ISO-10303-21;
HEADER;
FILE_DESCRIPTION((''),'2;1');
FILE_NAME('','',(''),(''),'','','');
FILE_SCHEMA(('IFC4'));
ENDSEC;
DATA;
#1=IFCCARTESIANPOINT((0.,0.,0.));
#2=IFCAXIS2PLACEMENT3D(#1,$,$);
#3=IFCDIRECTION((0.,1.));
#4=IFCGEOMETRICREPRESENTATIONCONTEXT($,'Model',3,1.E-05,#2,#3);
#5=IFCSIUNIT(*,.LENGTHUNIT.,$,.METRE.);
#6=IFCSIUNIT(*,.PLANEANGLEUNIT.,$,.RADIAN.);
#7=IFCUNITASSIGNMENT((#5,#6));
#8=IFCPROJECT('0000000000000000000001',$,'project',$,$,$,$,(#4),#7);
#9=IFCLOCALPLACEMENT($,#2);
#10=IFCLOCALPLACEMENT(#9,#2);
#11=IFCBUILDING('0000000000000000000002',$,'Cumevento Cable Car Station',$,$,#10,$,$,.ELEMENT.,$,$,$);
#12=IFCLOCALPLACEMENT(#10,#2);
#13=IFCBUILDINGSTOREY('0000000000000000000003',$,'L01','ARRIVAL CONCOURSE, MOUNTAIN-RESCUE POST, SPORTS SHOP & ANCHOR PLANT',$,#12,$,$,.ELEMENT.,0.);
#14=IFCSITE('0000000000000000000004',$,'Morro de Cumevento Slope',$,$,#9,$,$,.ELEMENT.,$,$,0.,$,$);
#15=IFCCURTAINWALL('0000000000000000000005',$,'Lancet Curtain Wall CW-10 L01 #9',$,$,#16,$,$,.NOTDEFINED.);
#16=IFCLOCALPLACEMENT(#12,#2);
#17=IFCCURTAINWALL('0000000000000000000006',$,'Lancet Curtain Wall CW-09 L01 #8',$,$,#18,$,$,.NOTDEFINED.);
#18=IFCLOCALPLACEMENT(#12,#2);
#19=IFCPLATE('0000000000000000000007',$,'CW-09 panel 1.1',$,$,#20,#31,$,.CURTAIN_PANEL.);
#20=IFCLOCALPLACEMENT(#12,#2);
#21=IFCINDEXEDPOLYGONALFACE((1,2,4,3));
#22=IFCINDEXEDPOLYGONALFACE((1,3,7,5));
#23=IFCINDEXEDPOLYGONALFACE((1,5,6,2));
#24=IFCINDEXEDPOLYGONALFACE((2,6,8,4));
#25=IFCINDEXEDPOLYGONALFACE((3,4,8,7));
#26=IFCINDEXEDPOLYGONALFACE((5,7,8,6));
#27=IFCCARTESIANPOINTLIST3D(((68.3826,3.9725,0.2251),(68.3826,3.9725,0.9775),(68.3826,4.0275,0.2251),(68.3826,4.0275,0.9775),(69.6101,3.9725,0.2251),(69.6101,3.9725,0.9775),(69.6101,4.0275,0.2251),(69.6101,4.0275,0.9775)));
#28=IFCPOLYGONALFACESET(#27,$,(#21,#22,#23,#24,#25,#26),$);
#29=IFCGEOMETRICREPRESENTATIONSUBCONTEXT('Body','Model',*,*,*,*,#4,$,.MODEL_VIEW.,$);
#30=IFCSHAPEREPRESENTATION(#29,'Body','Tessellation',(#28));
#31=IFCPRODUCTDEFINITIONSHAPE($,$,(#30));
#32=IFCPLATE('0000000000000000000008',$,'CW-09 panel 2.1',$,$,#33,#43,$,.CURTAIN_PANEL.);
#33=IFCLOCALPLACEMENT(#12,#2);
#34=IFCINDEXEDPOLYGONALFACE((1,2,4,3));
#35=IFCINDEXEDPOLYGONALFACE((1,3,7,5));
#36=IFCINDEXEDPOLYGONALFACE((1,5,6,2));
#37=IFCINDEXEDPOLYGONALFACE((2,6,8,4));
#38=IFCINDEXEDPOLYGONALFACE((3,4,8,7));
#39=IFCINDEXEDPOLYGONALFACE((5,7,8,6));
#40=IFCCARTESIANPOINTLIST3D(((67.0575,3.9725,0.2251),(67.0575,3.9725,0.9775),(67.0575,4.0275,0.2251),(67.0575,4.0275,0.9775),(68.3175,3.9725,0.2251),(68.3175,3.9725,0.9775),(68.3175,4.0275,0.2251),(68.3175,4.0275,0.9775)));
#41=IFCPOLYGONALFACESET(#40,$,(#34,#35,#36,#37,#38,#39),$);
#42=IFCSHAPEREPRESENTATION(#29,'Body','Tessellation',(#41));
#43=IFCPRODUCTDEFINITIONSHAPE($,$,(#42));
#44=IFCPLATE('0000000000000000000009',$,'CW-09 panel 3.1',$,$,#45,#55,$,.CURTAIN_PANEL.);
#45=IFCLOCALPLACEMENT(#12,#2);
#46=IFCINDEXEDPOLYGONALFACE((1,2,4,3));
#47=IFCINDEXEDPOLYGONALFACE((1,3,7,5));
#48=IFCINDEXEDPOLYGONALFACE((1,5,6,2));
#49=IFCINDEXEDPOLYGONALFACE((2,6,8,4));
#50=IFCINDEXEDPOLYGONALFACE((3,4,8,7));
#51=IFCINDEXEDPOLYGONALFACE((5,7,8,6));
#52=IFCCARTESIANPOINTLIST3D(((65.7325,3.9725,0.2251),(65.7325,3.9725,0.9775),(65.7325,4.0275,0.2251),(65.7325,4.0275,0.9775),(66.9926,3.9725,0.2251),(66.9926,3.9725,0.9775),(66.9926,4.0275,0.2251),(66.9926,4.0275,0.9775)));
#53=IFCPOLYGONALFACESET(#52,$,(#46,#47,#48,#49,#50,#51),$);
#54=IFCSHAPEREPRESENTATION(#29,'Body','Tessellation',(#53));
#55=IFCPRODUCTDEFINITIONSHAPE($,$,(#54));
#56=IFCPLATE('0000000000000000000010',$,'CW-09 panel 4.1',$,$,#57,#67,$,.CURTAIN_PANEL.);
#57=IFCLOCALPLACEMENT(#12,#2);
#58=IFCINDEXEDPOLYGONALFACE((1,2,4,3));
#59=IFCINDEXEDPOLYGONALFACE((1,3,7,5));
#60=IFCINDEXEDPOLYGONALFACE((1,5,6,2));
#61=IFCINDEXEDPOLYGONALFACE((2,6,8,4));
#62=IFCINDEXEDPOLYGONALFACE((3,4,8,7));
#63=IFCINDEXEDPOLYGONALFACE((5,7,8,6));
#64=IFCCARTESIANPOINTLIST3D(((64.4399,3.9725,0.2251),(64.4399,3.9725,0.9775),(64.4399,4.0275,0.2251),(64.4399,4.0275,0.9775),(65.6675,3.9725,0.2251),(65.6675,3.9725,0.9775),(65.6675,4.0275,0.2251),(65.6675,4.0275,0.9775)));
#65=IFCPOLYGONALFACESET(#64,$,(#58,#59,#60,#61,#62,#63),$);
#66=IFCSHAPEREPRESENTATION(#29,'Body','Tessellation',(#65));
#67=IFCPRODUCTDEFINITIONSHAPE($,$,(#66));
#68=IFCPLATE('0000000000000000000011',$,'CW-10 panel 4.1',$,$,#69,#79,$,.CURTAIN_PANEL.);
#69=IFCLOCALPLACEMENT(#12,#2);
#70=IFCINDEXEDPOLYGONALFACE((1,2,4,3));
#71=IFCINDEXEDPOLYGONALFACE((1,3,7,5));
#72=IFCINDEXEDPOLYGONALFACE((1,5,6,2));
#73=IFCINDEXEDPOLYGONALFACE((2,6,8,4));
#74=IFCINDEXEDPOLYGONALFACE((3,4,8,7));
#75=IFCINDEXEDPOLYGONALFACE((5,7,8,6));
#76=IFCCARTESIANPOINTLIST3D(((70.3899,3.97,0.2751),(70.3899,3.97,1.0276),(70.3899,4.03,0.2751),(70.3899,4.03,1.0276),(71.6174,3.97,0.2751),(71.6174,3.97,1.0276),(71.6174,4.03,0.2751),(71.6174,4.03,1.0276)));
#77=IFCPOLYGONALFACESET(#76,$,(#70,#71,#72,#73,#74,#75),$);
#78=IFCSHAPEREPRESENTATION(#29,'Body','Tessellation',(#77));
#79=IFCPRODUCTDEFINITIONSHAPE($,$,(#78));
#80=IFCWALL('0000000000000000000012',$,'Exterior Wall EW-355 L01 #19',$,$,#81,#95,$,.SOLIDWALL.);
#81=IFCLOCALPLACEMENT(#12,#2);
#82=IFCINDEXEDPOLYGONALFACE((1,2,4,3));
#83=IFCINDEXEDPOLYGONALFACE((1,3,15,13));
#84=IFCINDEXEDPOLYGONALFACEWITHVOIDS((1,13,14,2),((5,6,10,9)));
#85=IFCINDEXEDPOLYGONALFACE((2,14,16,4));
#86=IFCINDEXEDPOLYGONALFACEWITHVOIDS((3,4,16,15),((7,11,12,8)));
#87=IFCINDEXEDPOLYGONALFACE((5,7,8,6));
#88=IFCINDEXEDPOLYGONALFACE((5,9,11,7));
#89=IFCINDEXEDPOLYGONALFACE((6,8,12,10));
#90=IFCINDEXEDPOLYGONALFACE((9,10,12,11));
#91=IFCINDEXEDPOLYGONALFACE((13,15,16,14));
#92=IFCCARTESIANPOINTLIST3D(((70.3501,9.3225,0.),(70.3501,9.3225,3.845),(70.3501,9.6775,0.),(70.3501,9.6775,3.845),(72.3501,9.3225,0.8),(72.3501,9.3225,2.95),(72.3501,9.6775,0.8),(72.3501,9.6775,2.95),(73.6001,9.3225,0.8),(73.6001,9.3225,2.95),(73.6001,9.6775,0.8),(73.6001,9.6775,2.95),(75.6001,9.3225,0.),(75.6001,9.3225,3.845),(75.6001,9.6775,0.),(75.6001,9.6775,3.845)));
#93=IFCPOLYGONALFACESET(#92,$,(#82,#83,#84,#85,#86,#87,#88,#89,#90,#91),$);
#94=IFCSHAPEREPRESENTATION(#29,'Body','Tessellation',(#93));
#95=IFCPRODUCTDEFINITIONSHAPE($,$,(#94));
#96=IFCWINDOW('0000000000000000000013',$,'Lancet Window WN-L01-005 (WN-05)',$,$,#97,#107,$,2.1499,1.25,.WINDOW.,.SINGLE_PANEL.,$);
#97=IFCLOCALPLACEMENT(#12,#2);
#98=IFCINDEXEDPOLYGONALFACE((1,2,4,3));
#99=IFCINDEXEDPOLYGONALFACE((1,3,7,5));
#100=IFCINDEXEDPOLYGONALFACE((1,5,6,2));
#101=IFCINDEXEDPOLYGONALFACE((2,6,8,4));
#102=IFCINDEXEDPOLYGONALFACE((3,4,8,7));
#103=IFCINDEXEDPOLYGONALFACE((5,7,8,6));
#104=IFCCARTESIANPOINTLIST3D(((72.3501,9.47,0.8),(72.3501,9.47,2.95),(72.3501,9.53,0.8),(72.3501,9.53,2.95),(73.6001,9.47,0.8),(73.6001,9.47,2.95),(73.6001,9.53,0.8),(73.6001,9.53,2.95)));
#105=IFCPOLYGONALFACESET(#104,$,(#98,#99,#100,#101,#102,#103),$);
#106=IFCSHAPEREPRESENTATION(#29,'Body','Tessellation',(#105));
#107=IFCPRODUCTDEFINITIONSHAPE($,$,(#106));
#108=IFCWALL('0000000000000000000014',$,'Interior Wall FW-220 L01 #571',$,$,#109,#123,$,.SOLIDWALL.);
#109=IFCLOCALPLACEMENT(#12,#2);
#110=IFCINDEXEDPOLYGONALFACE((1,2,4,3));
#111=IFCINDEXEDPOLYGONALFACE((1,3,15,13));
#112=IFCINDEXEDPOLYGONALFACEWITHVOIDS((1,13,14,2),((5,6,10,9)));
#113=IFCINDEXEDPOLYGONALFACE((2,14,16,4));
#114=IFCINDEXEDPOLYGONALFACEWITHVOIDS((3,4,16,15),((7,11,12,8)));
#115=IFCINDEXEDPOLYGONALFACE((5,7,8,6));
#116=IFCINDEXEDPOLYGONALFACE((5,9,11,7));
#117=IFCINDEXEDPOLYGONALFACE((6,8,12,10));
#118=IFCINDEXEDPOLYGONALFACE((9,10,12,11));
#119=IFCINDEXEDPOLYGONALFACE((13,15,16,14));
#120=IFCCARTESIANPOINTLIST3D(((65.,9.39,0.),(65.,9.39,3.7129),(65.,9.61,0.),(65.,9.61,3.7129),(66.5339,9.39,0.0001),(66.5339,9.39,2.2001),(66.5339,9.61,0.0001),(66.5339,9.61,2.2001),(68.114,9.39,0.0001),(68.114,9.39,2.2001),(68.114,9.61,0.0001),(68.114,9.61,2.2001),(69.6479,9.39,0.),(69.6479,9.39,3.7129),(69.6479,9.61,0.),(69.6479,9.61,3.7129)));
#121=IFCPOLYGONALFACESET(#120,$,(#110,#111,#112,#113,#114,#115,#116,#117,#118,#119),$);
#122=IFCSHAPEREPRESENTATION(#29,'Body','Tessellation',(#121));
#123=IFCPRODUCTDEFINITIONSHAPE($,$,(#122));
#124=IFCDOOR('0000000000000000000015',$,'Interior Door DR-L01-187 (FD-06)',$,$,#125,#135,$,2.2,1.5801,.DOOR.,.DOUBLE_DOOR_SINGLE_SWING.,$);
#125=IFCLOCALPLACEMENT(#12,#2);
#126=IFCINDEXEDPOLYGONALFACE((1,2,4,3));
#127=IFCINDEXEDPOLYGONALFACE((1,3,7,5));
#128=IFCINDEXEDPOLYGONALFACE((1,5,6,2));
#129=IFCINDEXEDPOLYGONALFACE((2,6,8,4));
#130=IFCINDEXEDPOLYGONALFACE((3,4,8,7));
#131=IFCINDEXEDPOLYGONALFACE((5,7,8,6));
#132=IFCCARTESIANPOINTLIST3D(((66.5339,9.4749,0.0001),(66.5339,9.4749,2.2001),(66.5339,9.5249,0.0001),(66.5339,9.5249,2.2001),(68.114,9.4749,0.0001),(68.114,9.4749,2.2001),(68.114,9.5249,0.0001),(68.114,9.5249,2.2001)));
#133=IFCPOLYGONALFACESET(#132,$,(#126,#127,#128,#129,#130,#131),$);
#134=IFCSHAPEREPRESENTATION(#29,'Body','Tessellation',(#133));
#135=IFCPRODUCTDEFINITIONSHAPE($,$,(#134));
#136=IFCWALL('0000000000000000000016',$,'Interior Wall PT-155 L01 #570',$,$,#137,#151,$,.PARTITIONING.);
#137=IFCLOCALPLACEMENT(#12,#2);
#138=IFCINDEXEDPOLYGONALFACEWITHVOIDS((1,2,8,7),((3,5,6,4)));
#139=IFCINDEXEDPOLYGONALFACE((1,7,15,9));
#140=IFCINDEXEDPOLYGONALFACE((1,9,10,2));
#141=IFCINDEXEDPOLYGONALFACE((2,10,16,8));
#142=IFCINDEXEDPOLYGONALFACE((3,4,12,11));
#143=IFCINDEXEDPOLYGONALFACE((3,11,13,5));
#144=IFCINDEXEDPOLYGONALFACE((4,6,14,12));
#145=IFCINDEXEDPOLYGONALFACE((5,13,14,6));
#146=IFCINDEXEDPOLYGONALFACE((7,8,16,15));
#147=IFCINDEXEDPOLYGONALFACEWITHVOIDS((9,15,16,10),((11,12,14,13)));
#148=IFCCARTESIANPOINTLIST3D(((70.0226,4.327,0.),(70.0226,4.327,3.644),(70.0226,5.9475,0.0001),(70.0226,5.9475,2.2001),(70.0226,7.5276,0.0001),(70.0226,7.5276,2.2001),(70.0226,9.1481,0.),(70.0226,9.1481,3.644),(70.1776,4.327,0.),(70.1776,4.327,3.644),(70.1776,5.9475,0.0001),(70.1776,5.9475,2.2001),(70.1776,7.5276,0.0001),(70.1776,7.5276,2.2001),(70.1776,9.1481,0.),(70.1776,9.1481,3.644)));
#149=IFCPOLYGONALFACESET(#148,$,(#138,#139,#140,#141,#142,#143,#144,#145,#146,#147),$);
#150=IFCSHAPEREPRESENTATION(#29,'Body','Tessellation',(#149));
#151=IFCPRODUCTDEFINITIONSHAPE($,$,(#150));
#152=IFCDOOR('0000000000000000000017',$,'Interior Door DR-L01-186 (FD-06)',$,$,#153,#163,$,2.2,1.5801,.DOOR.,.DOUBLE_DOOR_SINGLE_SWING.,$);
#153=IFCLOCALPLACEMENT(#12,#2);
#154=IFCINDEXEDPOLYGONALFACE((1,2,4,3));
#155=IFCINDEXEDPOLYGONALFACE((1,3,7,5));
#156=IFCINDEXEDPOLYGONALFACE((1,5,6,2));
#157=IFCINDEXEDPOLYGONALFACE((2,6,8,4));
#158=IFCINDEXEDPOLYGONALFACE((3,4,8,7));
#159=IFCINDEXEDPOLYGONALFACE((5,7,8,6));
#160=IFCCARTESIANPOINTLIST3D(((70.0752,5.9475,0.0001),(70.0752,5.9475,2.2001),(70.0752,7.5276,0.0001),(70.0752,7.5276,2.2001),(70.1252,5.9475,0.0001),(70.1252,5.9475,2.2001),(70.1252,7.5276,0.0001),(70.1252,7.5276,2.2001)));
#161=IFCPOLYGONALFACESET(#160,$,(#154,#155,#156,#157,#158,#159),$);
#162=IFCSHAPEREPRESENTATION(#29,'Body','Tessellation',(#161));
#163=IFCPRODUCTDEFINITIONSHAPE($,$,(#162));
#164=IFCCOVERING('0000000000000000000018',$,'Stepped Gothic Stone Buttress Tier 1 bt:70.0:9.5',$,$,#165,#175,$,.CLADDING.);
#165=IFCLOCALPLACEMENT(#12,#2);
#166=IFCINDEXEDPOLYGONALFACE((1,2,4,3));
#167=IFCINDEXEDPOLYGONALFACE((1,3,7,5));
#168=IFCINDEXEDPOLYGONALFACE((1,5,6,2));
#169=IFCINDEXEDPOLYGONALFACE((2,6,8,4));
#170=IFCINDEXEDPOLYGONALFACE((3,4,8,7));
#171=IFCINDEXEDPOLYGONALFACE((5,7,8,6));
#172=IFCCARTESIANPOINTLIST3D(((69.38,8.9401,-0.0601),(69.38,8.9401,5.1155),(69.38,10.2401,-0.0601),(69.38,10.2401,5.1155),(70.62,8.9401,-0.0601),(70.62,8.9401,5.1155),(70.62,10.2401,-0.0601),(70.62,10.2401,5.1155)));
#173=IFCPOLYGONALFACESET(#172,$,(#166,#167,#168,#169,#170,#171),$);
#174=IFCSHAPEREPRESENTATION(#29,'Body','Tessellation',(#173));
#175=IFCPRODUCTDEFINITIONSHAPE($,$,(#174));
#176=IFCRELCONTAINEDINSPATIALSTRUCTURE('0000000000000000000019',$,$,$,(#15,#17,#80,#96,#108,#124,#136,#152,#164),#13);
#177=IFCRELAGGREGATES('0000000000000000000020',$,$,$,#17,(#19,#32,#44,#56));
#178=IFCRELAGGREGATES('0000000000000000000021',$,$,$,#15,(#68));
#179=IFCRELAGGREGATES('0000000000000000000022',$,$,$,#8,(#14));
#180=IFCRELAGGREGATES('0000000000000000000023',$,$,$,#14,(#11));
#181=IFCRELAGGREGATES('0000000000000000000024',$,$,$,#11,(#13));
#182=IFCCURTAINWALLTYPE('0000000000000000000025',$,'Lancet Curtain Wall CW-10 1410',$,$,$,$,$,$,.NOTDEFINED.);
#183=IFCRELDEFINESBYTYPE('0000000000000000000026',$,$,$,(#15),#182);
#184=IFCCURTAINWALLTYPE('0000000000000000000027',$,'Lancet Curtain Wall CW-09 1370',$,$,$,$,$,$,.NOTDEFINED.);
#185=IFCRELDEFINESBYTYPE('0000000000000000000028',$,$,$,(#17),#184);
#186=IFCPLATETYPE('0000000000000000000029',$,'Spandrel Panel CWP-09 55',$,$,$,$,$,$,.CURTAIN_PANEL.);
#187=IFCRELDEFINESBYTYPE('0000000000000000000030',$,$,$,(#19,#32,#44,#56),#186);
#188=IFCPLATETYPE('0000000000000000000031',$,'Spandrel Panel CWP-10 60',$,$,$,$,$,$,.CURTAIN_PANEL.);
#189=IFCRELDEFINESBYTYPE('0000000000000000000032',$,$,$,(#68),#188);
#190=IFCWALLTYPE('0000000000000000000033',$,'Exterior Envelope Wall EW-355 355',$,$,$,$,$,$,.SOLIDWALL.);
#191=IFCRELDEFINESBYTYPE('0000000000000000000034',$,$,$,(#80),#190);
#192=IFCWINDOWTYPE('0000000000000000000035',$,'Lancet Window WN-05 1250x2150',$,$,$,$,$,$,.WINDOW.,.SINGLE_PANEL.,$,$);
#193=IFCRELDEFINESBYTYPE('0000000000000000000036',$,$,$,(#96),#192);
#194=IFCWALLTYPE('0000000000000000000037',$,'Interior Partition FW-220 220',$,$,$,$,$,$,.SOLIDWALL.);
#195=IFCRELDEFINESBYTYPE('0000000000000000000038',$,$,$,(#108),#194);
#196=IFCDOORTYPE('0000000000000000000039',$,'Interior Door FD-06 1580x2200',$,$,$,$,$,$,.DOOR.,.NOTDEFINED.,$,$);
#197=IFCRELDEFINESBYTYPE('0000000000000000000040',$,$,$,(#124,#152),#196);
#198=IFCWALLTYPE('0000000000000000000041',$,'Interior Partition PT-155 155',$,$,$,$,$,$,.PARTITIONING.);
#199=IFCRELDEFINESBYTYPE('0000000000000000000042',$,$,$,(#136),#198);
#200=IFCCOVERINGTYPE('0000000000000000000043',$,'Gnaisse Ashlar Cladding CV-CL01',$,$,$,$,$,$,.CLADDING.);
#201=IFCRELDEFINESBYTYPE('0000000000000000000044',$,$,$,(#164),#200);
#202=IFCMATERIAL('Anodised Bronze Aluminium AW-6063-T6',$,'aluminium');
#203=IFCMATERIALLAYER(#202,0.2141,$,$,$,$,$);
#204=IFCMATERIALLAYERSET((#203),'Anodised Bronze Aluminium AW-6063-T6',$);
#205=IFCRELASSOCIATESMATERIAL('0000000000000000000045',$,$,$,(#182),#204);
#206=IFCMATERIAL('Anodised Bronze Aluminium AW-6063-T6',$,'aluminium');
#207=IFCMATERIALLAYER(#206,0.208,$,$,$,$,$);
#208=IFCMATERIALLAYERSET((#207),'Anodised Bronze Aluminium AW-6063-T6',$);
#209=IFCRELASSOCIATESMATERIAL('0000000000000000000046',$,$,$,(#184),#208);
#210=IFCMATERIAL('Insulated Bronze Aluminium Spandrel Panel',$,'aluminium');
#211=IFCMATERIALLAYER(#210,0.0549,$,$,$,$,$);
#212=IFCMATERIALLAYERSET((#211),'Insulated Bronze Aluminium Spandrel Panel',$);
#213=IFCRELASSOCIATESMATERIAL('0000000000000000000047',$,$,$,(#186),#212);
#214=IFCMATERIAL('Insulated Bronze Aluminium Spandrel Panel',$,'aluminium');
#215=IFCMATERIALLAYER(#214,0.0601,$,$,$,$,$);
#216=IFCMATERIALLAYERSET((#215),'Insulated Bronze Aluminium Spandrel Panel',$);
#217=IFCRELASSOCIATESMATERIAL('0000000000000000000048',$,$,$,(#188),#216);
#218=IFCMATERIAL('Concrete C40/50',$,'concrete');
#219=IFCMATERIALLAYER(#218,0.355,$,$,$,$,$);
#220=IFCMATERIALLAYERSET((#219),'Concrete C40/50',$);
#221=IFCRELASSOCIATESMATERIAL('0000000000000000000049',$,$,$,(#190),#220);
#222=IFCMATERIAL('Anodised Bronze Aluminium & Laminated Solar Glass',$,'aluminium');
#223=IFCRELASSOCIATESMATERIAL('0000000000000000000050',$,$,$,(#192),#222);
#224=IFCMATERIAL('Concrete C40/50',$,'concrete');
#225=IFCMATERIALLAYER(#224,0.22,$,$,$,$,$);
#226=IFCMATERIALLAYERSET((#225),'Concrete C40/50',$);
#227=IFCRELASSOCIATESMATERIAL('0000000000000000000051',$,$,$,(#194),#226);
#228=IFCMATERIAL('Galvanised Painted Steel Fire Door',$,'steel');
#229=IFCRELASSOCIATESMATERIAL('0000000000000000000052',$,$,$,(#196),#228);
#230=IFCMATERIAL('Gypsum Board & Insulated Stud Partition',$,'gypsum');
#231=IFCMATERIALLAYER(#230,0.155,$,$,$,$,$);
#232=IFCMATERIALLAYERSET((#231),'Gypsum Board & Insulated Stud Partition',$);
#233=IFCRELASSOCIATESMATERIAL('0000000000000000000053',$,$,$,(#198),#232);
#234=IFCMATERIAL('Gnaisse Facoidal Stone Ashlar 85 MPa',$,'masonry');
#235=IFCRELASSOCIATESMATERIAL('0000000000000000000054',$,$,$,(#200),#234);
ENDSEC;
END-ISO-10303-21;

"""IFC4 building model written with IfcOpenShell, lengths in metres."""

from ifc_helpers import new_model, si_unit, direction, frame, frame_2d, origin, origin_2d, place, context, subcontext, project, spatial, rectangle, extrude, material, layer, layer_set, type_object, element, fill, aggregate, save


model = new_model("IFC4")

# Units and contexts
model_context = context("Model", 3, precision=1e-05, world=origin(), true_north=direction((0.0, 1.0)))
body_context = subcontext(model_context, "Body", "Model", "MODEL_VIEW")
ifc_project = project(units=[si_unit("LENGTHUNIT", "METRE"), si_unit("PLANEANGLEUNIT", "RADIAN")], contexts=[model_context])

# Site, building, storey
site_placement = place(None, origin())
site = spatial("IfcSite", under=ifc_project, at=site_placement, Name="Morro de Cumevento Slope", CompositionType="ELEMENT", RefElevation=0.0)
building_placement = place(site_placement, origin())
building = spatial("IfcBuilding", under=site, at=building_placement, Name="Cumevento Cable Car Station", CompositionType="ELEMENT")
storey_placement = place(building_placement, origin())
storey = spatial("IfcBuildingStorey", under=building, at=storey_placement, Name="L01", Description="ARRIVAL CONCOURSE, MOUNTAIN-RESCUE POST, SPORTS SHOP & ANCHOR PLANT", CompositionType="ELEMENT", Elevation=0.0)

# Curtain walls
ifc_material_1 = material(Name="Anodised Bronze Aluminium AW-6063-T6", Category="aluminium")
ifc_layer_1 = layer(ifc_material_1, 0.2141)
ifc_layer_set_1 = layer_set([ifc_layer_1], Name="Anodised Bronze Aluminium AW-6063-T6")
curtain_wall_type_1 = type_object("IfcCurtainWallType", Name="Lancet Curtain Wall CW-10 1410", PredefinedType="NOTDEFINED", material=ifc_layer_set_1)
curtain_wall_1_placement = place(storey_placement, origin())
curtain_wall_1 = element("IfcCurtainWall", 1, at=curtain_wall_1_placement, inside=storey, type_object=curtain_wall_type_1, Name="Lancet Curtain Wall CW-10 L01 #9", PredefinedType="NOTDEFINED")
ifc_material_2 = material(Name="Anodised Bronze Aluminium AW-6063-T6", Category="aluminium")
ifc_layer_2 = layer(ifc_material_2, 0.208)
ifc_layer_set_2 = layer_set([ifc_layer_2], Name="Anodised Bronze Aluminium AW-6063-T6")
curtain_wall_type_2 = type_object("IfcCurtainWallType", Name="Lancet Curtain Wall CW-09 1370", PredefinedType="NOTDEFINED", material=ifc_layer_set_2)
curtain_wall_2_placement = place(storey_placement, origin())
curtain_wall_2 = element("IfcCurtainWall", 2, at=curtain_wall_2_placement, inside=storey, type_object=curtain_wall_type_2, Name="Lancet Curtain Wall CW-09 L01 #8", PredefinedType="NOTDEFINED")

# Plates
ifc_material_3 = material(Name="Insulated Bronze Aluminium Spandrel Panel", Category="aluminium")
ifc_layer_3 = layer(ifc_material_3, 0.0549)
ifc_layer_set_3 = layer_set([ifc_layer_3], Name="Insulated Bronze Aluminium Spandrel Panel")
plate_type_1 = type_object("IfcPlateType", Name="Spandrel Panel CWP-09 55", PredefinedType="CURTAIN_PANEL", material=ifc_layer_set_3)
plate_1_placement = place(storey_placement, frame((68.9963, 4.0, 0.2251), z_axis=(0.0, 0.0, 1.0), x_axis=(-1.0, 0.0, 0.0)))
plate_1 = element("IfcPlate", 3, at=plate_1_placement, type_object=plate_type_1, Name="CW-09 panel 1.1", PredefinedType="CURTAIN_PANEL", context=body_context, shape_type="SweptSolid", body=[
    extrude(rectangle(XDim=1.2275, YDim=0.0549, at=origin_2d()), origin(), (0.0, 0.0, 1.0), 0.7524),
])
plate_2_placement = place(storey_placement, frame((67.6875, 4.0, 0.2251), z_axis=(0.0, 0.0, 1.0), x_axis=(-1.0, 0.0, 0.0)))
plate_2 = element("IfcPlate", 4, at=plate_2_placement, type_object=plate_type_1, Name="CW-09 panel 2.1", PredefinedType="CURTAIN_PANEL", context=body_context, shape_type="SweptSolid", body=[
    extrude(rectangle(XDim=1.26, YDim=0.0549, at=origin_2d()), origin(), (0.0, 0.0, 1.0), 0.7524),
])
plate_3_placement = place(storey_placement, frame((66.3625, 4.0, 0.2251), z_axis=(0.0, 0.0, 1.0), x_axis=(-1.0, 0.0, 0.0)))
plate_3 = element("IfcPlate", 5, at=plate_3_placement, type_object=plate_type_1, Name="CW-09 panel 3.1", PredefinedType="CURTAIN_PANEL", context=body_context, shape_type="SweptSolid", body=[
    extrude(rectangle(XDim=1.26, YDim=0.0549, at=origin_2d()), origin(), (0.0, 0.0, 1.0), 0.7524),
])
plate_4_placement = place(storey_placement, frame((65.0537, 4.0, 0.2251), z_axis=(0.0, 0.0, 1.0), x_axis=(-1.0, 0.0, 0.0)))
plate_4 = element("IfcPlate", 6, at=plate_4_placement, type_object=plate_type_1, Name="CW-09 panel 4.1", PredefinedType="CURTAIN_PANEL", context=body_context, shape_type="SweptSolid", body=[
    extrude(rectangle(XDim=1.2275, YDim=0.0549, at=origin_2d()), origin(), (0.0, 0.0, 1.0), 0.7524),
])
aggregate(curtain_wall_2, [plate_1, plate_2, plate_3, plate_4])
ifc_material_4 = material(Name="Insulated Bronze Aluminium Spandrel Panel", Category="aluminium")
ifc_layer_4 = layer(ifc_material_4, 0.0601)
ifc_layer_set_4 = layer_set([ifc_layer_4], Name="Insulated Bronze Aluminium Spandrel Panel")
plate_type_2 = type_object("IfcPlateType", Name="Spandrel Panel CWP-10 60", PredefinedType="CURTAIN_PANEL", material=ifc_layer_set_4)
plate_5_placement = place(storey_placement, frame((71.0037, 4.0, 0.2751), z_axis=(0.0, 0.0, 1.0), x_axis=(-1.0, 0.0, 0.0)))
plate_5 = element("IfcPlate", 7, at=plate_5_placement, type_object=plate_type_2, Name="CW-10 panel 4.1", PredefinedType="CURTAIN_PANEL", context=body_context, shape_type="SweptSolid", body=[
    extrude(rectangle(XDim=1.2275, YDim=0.0601, at=origin_2d()), origin(), (0.0, 0.0, 1.0), 0.7524),
])
aggregate(curtain_wall_1, [plate_5])

# Wall, opening, window
ifc_material_5 = material(Name="Concrete C40/50", Category="concrete")
ifc_layer_5 = layer(ifc_material_5, 0.355)
ifc_layer_set_5 = layer_set([ifc_layer_5], Name="Concrete C40/50")
wall_type_1 = type_object("IfcWallType", Name="Exterior Envelope Wall EW-355 355", PredefinedType="SOLIDWALL", material=ifc_layer_set_5)
wall_1_placement = place(storey_placement, frame((70.3501, 9.5, 0.0), z_axis=(0.0, 0.0, 1.0), x_axis=(1.0, 0.0, 0.0)))
wall_1 = element("IfcWall", 8, at=wall_1_placement, inside=storey, type_object=wall_type_1, Name="Exterior Wall EW-355 L01 #19", PredefinedType="SOLIDWALL", context=body_context, shape_type="SweptSolid", body=[
    extrude(rectangle(XDim=5.25, YDim=0.355, at=frame_2d((2.625, 0.0))), origin(), (0.0, 0.0, 1.0), 3.845),
])
opening_1_placement = place(wall_1_placement, frame((2.0, 0.0, 0.8)))
opening_1 = element("IfcOpeningElement", 9, at=opening_1_placement, cuts=wall_1, PredefinedType="OPENING", context=body_context, shape_type="SweptSolid", body=[
    extrude(rectangle(XDim=1.25, YDim=2.1499, at=frame_2d((0.625, 1.075))), frame((0.0, 0.1875, 0.0), z_axis=(0.0, -1.0, 0.0), x_axis=(1.0, 0.0, 0.0)), (0.0, 0.0, 1.0), 0.375),
])
ifc_material_6 = material(Name="Anodised Bronze Aluminium & Laminated Solar Glass", Category="aluminium")
window_type = type_object("IfcWindowType", Name="Lancet Window WN-05 1250x2150", PartitioningType="SINGLE_PANEL", PredefinedType="WINDOW", material=ifc_material_6)
window_placement = place(opening_1_placement, origin())
window = element("IfcWindow", 10, at=window_placement, inside=storey, type_object=window_type, Name="Lancet Window WN-L01-005 (WN-05)", OverallHeight=2.1499, OverallWidth=1.25, PartitioningType="SINGLE_PANEL", PredefinedType="WINDOW", context=body_context, shape_type="SweptSolid", body=[
    extrude(rectangle(XDim=1.25, YDim=2.1499, at=frame_2d((0.625, 1.075))), frame((0.0, 0.03, 0.0), z_axis=(0.0, -1.0, 0.0), x_axis=(1.0, 0.0, 0.0)), (0.0, 0.0, 1.0), 0.0601),
])
fill(opening_1, window)

# Walls, openings, doors
ifc_material_7 = material(Name="Concrete C40/50", Category="concrete")
ifc_layer_6 = layer(ifc_material_7, 0.22)
ifc_layer_set_6 = layer_set([ifc_layer_6], Name="Concrete C40/50")
wall_type_2 = type_object("IfcWallType", Name="Interior Partition FW-220 220", PredefinedType="SOLIDWALL", material=ifc_layer_set_6)
wall_2_placement = place(storey_placement, frame((65.0, 9.5, 0.0), z_axis=(0.0, 0.0, 1.0), x_axis=(1.0, 0.0, 0.0)))
wall_2 = element("IfcWall", 11, at=wall_2_placement, inside=storey, type_object=wall_type_2, Name="Interior Wall FW-220 L01 #571", PredefinedType="SOLIDWALL", context=body_context, shape_type="SweptSolid", body=[
    extrude(rectangle(XDim=4.6479, YDim=0.22, at=frame_2d((2.324, 0.0))), origin(), (0.0, 0.0, 1.0), 3.7129),
])
opening_2_placement = place(wall_2_placement, frame((1.5339, 0.0, 0.0)))
opening_2 = element("IfcOpeningElement", 12, at=opening_2_placement, cuts=wall_2, PredefinedType="OPENING", context=body_context, shape_type="SweptSolid", body=[
    extrude(rectangle(XDim=1.5801, YDim=2.2, at=frame_2d((0.79, 1.1001))), frame((0.0, 0.1199, 0.0), z_axis=(0.0, -1.0, 0.0), x_axis=(1.0, 0.0, 0.0)), (0.0, 0.0, 1.0), 0.24),
])
ifc_material_8 = material(Name="Galvanised Painted Steel Fire Door", Category="steel")
door_type = type_object("IfcDoorType", Name="Interior Door FD-06 1580x2200", OperationType="NOTDEFINED", PredefinedType="DOOR", material=ifc_material_8)
door_1_placement = place(opening_2_placement, origin())
door_1 = element("IfcDoor", 13, at=door_1_placement, inside=storey, type_object=door_type, Name="Interior Door DR-L01-187 (FD-06)", OperationType="DOUBLE_DOOR_SINGLE_SWING", OverallHeight=2.2, OverallWidth=1.5801, PredefinedType="DOOR", context=body_context, shape_type="SweptSolid", body=[
    extrude(rectangle(XDim=1.5801, YDim=2.2, at=frame_2d((0.79, 1.1001))), frame((0.0, 0.0249, 0.0), z_axis=(0.0, -1.0, 0.0), x_axis=(1.0, 0.0, 0.0)), (0.0, 0.0, 1.0), 0.05),
])
fill(opening_2, door_1)
ifc_material_9 = material(Name="Gypsum Board & Insulated Stud Partition", Category="gypsum")
ifc_layer_7 = layer(ifc_material_9, 0.155)
ifc_layer_set_7 = layer_set([ifc_layer_7], Name="Gypsum Board & Insulated Stud Partition")
wall_type_3 = type_object("IfcWallType", Name="Interior Partition PT-155 155", PredefinedType="PARTITIONING", material=ifc_layer_set_7)
wall_3_placement = place(storey_placement, frame((70.1001, 4.3269, 0.0), z_axis=(0.0, 0.0, 1.0), x_axis=(0.0, 1.0, 0.0)))
wall_3 = element("IfcWall", 14, at=wall_3_placement, inside=storey, type_object=wall_type_3, Name="Interior Wall PT-155 L01 #570", PredefinedType="PARTITIONING", context=body_context, shape_type="SweptSolid", body=[
    extrude(rectangle(XDim=4.821, YDim=0.155, at=frame_2d((2.4106, 0.0))), origin(), (0.0, 0.0, 1.0), 3.644),
])
opening_3_placement = place(wall_3_placement, frame((1.6206, 0.0, 0.0)))
opening_3 = element("IfcOpeningElement", 15, at=opening_3_placement, cuts=wall_3, PredefinedType="OPENING", context=body_context, shape_type="SweptSolid", body=[
    extrude(rectangle(XDim=1.5801, YDim=2.2, at=frame_2d((0.79, 1.1001))), frame((0.0, 0.0876, 0.0), z_axis=(0.0, -1.0, 0.0), x_axis=(1.0, 0.0, 0.0)), (0.0, 0.0, 1.0), 0.175),
])
door_2_placement = place(opening_3_placement, origin())
door_2 = element("IfcDoor", 16, at=door_2_placement, inside=storey, type_object=door_type, Name="Interior Door DR-L01-186 (FD-06)", OperationType="DOUBLE_DOOR_SINGLE_SWING", OverallHeight=2.2, OverallWidth=1.5801, PredefinedType="DOOR", context=body_context, shape_type="SweptSolid", body=[
    extrude(rectangle(XDim=1.5801, YDim=2.2, at=frame_2d((0.79, 1.1001))), frame((0.0, 0.0249, 0.0), z_axis=(0.0, -1.0, 0.0), x_axis=(1.0, 0.0, 0.0)), (0.0, 0.0, 1.0), 0.05),
])
fill(opening_3, door_2)

# Covering
ifc_material_10 = material(Name="Gnaisse Facoidal Stone Ashlar 85 MPa", Category="masonry")
covering_type = type_object("IfcCoveringType", Name="Gnaisse Ashlar Cladding CV-CL01", PredefinedType="CLADDING", material=ifc_material_10)
covering_1_placement = place(storey_placement, frame((70.0, 9.5901, -0.0601), z_axis=(0.0, 0.0, 1.0), x_axis=(-1.0, 0.0, 0.0)))
element("IfcCovering", 17, at=covering_1_placement, inside=storey, type_object=covering_type, Name="Stepped Gothic Stone Buttress Tier 1 bt:70.0:9.5", PredefinedType="CLADDING", context=body_context, shape_type="SweptSolid", body=[
    extrude(rectangle(XDim=1.24, YDim=1.3, at=origin_2d()), origin(), (0.0, 0.0, 1.0), 5.1755),
])

save(model, "model.ifc")
